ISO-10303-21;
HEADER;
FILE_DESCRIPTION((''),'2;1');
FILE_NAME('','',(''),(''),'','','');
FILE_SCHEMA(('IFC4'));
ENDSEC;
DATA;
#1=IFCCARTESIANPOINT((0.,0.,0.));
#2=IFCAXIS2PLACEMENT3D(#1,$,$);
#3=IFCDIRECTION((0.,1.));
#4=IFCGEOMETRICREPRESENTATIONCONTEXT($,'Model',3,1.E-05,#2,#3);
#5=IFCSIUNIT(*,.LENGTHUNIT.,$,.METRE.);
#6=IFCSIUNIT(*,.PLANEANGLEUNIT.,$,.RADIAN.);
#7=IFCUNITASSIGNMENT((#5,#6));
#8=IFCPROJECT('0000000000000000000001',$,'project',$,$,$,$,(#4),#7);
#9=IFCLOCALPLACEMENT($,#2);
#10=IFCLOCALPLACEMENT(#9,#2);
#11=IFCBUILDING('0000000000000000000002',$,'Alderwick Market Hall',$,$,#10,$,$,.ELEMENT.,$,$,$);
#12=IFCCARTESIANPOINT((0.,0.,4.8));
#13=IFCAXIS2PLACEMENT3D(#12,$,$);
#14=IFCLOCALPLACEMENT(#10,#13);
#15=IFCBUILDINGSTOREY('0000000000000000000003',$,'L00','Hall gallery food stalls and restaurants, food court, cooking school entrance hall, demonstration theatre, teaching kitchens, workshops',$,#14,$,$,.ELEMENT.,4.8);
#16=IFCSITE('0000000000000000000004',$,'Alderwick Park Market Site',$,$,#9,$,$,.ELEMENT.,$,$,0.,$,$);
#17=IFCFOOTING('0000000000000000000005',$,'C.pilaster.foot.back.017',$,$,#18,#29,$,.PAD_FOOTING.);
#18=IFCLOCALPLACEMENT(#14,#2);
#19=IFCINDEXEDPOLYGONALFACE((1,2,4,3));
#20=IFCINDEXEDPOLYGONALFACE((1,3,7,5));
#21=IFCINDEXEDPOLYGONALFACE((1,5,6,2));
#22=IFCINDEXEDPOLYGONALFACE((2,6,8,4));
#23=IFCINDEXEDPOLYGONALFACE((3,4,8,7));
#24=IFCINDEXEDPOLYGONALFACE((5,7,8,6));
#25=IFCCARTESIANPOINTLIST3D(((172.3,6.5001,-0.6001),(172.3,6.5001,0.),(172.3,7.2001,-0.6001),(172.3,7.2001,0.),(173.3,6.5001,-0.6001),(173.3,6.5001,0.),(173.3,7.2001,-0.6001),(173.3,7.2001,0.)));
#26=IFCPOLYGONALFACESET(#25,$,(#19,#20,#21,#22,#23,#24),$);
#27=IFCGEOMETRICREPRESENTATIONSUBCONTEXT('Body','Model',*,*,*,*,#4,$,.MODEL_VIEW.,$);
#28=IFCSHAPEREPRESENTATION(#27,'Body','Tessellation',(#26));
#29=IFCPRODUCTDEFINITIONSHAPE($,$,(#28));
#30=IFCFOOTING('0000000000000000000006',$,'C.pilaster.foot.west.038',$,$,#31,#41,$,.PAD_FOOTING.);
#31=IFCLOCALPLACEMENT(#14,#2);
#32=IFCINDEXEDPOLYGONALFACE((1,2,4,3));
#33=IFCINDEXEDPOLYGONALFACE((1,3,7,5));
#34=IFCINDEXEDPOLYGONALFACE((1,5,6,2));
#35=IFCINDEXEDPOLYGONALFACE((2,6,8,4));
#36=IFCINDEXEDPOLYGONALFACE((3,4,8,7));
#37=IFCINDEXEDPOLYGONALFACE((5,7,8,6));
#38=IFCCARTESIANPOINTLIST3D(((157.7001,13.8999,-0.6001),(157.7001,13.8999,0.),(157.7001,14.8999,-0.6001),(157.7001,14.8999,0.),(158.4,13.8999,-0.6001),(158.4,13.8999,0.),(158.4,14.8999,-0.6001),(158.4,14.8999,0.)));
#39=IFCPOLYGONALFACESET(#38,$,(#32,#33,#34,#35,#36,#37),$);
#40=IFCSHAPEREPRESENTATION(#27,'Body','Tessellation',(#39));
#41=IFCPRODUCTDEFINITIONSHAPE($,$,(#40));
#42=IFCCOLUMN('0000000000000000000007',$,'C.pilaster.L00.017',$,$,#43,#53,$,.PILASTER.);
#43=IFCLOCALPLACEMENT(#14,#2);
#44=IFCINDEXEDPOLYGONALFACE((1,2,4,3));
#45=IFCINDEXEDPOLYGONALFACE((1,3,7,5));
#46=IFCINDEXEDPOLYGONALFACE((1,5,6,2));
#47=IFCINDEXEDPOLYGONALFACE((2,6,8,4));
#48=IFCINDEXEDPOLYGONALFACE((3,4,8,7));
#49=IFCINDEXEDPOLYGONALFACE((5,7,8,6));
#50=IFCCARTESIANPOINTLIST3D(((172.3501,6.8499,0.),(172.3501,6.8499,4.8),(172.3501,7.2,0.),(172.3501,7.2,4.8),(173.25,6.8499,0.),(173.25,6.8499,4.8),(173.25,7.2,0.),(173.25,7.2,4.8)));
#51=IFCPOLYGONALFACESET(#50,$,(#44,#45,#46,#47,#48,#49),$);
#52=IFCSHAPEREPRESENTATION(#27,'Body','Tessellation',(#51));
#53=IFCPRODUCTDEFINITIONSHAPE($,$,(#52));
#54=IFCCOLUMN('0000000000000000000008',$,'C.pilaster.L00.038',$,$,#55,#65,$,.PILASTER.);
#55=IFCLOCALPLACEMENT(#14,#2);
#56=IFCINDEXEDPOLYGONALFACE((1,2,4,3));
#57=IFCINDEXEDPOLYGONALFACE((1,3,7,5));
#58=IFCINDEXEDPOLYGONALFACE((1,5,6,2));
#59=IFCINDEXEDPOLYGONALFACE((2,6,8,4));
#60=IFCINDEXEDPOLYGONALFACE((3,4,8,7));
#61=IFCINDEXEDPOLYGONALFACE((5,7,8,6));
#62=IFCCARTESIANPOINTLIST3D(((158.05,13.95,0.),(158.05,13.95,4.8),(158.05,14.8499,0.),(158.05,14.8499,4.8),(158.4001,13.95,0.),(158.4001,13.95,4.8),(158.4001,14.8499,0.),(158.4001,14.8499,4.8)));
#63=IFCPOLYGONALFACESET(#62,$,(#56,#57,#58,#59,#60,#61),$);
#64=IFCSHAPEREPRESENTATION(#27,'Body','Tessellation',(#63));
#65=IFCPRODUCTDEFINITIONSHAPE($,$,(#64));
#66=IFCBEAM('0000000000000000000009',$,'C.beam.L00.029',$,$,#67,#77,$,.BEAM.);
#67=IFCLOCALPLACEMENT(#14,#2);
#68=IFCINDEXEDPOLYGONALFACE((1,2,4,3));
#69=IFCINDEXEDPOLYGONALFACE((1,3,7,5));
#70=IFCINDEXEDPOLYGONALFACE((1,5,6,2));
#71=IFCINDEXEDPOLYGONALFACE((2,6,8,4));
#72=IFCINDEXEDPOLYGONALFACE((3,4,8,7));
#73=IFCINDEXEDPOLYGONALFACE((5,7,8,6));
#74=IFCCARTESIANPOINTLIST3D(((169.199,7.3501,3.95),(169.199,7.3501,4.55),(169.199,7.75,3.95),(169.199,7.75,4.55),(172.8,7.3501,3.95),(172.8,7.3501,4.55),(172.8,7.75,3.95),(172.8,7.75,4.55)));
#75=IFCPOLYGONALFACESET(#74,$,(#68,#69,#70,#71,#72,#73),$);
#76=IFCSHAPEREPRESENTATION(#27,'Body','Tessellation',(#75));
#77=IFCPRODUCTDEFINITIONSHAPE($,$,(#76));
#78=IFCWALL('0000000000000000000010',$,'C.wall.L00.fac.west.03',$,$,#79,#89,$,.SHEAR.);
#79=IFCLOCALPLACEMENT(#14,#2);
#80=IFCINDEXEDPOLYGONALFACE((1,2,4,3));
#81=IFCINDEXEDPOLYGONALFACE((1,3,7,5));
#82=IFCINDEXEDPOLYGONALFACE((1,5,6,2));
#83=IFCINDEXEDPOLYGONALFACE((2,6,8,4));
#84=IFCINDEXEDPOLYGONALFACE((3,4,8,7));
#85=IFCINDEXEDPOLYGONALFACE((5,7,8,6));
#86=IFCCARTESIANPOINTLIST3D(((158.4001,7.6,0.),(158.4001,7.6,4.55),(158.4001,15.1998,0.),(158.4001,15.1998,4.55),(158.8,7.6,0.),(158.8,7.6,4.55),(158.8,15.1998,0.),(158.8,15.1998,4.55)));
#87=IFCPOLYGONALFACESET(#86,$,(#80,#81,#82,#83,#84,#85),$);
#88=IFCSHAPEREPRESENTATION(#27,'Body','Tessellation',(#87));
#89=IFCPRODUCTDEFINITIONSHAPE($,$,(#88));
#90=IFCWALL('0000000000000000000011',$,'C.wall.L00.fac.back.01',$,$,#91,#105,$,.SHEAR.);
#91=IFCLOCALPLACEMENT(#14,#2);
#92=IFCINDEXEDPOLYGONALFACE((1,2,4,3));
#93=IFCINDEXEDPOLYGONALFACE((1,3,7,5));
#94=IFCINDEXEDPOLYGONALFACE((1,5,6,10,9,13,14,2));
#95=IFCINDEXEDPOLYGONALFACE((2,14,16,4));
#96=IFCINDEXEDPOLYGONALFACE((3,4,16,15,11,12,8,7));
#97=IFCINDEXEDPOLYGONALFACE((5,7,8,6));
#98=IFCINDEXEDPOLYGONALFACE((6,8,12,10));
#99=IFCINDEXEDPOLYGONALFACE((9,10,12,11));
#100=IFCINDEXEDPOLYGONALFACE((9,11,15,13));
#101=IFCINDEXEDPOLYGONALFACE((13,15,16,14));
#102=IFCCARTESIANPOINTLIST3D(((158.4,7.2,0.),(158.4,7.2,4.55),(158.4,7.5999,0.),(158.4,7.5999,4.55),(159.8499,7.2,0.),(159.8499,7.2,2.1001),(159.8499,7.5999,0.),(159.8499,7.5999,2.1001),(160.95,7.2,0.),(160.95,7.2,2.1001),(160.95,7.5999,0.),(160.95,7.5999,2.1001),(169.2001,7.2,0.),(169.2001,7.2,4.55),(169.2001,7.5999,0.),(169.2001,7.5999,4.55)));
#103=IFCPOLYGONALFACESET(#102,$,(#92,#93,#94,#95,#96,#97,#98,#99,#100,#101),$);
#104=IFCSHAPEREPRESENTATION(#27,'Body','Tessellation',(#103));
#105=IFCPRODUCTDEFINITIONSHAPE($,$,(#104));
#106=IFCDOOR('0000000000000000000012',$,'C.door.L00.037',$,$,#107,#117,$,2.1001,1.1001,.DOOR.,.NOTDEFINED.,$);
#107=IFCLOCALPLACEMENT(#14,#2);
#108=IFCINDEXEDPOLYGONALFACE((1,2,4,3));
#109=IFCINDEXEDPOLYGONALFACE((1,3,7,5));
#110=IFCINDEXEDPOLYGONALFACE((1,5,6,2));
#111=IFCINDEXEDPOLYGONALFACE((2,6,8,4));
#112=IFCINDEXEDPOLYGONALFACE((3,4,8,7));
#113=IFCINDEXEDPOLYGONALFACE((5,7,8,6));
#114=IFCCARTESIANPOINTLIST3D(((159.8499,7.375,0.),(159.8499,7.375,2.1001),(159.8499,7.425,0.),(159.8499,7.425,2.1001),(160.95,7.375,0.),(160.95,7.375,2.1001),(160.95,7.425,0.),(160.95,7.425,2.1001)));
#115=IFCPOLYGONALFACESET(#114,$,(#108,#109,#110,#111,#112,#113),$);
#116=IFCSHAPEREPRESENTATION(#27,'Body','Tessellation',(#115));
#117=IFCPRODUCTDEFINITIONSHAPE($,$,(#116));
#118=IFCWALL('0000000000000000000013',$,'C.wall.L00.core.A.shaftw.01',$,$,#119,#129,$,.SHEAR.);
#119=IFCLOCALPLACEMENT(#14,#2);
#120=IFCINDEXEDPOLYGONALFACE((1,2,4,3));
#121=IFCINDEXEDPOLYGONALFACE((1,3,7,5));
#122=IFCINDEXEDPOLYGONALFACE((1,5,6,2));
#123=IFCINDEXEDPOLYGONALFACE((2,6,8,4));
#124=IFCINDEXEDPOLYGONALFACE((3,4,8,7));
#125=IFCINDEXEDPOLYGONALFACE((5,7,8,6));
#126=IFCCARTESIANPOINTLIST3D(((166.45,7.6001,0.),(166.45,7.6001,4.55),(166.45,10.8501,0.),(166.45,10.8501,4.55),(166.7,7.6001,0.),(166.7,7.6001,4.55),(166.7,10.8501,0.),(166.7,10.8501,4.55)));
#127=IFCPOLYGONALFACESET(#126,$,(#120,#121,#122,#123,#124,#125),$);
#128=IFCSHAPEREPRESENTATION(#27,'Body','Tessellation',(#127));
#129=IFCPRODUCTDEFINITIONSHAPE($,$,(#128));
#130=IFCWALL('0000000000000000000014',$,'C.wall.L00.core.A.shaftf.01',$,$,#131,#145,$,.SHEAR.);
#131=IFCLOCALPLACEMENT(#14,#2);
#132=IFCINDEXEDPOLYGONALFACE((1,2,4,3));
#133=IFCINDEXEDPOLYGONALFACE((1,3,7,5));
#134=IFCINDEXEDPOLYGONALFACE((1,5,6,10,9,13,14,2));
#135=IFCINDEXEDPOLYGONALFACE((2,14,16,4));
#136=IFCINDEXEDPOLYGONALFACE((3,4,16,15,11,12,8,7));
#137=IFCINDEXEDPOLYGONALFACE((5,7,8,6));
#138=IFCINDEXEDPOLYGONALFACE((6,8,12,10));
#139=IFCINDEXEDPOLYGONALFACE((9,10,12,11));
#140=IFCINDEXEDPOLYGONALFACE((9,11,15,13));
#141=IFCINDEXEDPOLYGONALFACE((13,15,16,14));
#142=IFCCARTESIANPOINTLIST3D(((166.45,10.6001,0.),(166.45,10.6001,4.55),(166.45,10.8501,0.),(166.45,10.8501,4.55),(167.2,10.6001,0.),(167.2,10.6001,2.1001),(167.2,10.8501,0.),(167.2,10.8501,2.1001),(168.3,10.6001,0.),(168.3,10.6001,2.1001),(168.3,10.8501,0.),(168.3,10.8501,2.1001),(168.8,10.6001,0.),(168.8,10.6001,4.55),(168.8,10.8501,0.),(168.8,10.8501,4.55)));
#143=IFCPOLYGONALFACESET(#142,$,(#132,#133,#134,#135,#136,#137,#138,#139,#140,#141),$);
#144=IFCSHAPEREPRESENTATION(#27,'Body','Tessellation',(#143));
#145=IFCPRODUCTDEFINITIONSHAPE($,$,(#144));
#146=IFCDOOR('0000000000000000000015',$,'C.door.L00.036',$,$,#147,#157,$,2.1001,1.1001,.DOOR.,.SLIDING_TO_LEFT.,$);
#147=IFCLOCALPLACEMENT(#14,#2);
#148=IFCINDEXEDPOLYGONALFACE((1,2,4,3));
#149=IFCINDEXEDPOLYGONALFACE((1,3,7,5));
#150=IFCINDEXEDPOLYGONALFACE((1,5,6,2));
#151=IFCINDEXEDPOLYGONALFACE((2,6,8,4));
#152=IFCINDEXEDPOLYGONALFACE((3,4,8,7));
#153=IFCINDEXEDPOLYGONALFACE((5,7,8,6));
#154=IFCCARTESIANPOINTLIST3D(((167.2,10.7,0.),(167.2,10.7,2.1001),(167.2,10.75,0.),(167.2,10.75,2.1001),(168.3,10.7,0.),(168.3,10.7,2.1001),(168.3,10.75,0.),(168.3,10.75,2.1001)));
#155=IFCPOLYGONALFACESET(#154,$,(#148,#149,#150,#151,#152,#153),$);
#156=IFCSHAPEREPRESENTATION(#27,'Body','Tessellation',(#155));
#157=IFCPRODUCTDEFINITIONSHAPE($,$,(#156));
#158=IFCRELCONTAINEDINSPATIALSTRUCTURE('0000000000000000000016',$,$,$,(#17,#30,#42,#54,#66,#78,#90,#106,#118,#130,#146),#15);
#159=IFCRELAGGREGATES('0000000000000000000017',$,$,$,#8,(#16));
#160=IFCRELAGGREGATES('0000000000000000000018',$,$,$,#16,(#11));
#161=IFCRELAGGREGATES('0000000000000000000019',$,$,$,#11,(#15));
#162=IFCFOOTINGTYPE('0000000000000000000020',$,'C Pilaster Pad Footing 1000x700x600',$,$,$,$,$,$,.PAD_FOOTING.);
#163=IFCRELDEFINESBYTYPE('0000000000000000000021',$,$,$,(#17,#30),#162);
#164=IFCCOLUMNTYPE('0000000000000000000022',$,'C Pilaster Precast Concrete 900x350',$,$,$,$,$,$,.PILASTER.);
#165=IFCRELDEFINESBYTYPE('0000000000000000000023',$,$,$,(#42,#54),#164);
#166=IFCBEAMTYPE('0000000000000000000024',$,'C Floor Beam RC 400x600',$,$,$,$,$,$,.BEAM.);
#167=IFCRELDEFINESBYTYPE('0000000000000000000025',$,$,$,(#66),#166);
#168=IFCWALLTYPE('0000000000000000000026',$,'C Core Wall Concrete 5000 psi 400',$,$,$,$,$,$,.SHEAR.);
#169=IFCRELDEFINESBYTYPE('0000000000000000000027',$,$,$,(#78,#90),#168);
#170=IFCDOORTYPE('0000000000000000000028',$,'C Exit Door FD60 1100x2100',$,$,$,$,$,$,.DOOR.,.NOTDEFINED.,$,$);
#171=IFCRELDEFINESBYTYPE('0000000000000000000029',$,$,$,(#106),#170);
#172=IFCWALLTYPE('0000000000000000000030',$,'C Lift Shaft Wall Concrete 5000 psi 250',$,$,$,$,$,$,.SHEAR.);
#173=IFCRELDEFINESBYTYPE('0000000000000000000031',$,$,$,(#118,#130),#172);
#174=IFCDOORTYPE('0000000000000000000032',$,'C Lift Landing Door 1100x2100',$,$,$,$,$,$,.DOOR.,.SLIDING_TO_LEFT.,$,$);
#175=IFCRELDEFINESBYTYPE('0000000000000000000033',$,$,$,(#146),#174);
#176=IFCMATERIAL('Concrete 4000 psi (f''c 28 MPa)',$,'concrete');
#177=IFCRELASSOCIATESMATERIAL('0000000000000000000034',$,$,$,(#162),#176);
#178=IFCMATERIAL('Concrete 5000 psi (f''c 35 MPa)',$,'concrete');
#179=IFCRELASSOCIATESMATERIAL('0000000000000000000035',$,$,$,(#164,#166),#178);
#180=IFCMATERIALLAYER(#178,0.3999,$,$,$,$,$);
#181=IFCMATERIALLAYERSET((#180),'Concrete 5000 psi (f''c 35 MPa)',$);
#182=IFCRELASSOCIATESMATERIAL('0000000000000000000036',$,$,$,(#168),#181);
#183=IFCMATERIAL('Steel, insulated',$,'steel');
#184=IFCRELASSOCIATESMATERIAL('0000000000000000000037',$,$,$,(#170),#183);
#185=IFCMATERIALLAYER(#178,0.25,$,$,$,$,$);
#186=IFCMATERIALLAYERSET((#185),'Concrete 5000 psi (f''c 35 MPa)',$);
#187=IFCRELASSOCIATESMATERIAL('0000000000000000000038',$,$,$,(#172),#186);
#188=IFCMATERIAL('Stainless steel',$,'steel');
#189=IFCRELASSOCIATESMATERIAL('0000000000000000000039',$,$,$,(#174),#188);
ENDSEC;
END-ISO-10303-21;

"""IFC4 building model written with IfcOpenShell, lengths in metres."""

from ifc_helpers import new_model, si_unit, direction, frame, frame_2d, origin, origin_2d, place, context, subcontext, project, spatial, rectangle, extrude, material, layer, layer_set, material_profile, profile_set, type_object, element, fill, save


model = new_model("IFC4")

# Units and contexts
model_context = context("Model", 3, precision=1e-05, world=origin(), true_north=direction((0.0, 1.0)))
body_context = subcontext(model_context, "Body", "Model", "MODEL_VIEW")
ifc_project = project(units=[si_unit("LENGTHUNIT", "METRE"), si_unit("PLANEANGLEUNIT", "RADIAN")], contexts=[model_context])

# Site, building, storey
site_placement = place(None, origin())
site = spatial("IfcSite", under=ifc_project, at=site_placement, Name="Alderwick Park Market Site", CompositionType="ELEMENT", RefElevation=0.0)
building_placement = place(site_placement, origin())
building = spatial("IfcBuilding", under=site, at=building_placement, Name="Alderwick Market Hall", CompositionType="ELEMENT")
storey_placement = place(building_placement, frame((0.0, 0.0, 4.8)))
storey = spatial("IfcBuildingStorey", under=building, at=storey_placement, Name="L00", Description="Hall gallery food stalls and restaurants, food court, cooking school entrance hall, demonstration theatre, teaching kitchens, workshops", CompositionType="ELEMENT", Elevation=4.8)

# Footings
ifc_material_1 = material(Name="Concrete 4000 psi (f'c 28 MPa)", Category="concrete")
footing_type = type_object("IfcFootingType", Name="C Pilaster Pad Footing 1000x700x600", PredefinedType="PAD_FOOTING", material=ifc_material_1)
footing_1_placement = place(storey_placement, frame((172.8, 6.8501, -0.6001), z_axis=(0.0, 0.0, 1.0), x_axis=(1.0, 0.0, 0.0)))
element("IfcFooting", 1, at=footing_1_placement, inside=storey, type_object=footing_type, Name="C.pilaster.foot.back.017", PredefinedType="PAD_FOOTING", context=body_context, shape_type="SweptSolid", body=[
    extrude(rectangle(XDim=1.0, YDim=0.7, at=origin_2d()), origin(), (0.0, 0.0, 1.0), 0.6001),
])
footing_2_placement = place(storey_placement, frame((158.05, 14.3999, -0.6001), z_axis=(0.0, 0.0, 1.0), x_axis=(1.0, 0.0, 0.0)))
element("IfcFooting", 2, at=footing_2_placement, inside=storey, type_object=footing_type, Name="C.pilaster.foot.west.038", PredefinedType="PAD_FOOTING", context=body_context, shape_type="SweptSolid", body=[
    extrude(rectangle(XDim=0.7, YDim=1.0, at=origin_2d()), origin(), (0.0, 0.0, 1.0), 0.6001),
])

# Columns
ifc_material_2 = material(Name="Concrete 5000 psi (f'c 35 MPa)", Category="concrete")
ifc_material_profile_1 = material_profile(ifc_material_2, rectangle(XDim=0.8999, YDim=0.3501, at=origin_2d()), Name="PC 900x350")
ifc_profile_set_1 = profile_set([ifc_material_profile_1], Name="Concrete 5000 psi (f'c 35 MPa)")
column_type = type_object("IfcColumnType", Name="C Pilaster Precast Concrete 900x350", PredefinedType="PILASTER", material=ifc_profile_set_1)
for number, where, z_axis, x_axis, name in (
    (3, (172.8, 7.0249, 0.0), (0.0, 0.0, 1.0), (1.0, 0.0, 0.0), "C.pilaster.L00.017"),
    (4, (158.2251, 14.3999, 0.0), (0.0, 0.0, 1.0), (0.0, 1.0, 0.0), "C.pilaster.L00.038"),
):
    element("IfcColumn", number, at=place(storey_placement, frame(where, z_axis=z_axis, x_axis=x_axis)), inside=storey, type_object=column_type, Name=name, PredefinedType="PILASTER", context=body_context, shape_type="SweptSolid", body=[
        extrude(rectangle(XDim=0.8999, YDim=0.3501, at=origin_2d()), origin(), (0.0, 0.0, 1.0), 4.8),
    ])

# Beam
ifc_material_profile_2 = material_profile(ifc_material_2, rectangle(XDim=0.3999, YDim=0.6001, at=origin_2d()), Name="RC 400x600")
ifc_profile_set_2 = profile_set([ifc_material_profile_2], Name="Concrete 5000 psi (f'c 35 MPa)")
beam_type = type_object("IfcBeamType", Name="C Floor Beam RC 400x600", PredefinedType="BEAM", material=ifc_profile_set_2)
beam_placement = place(storey_placement, frame((169.199, 7.55, 4.25), z_axis=(1.0, 0.0, 0.0), x_axis=(0.0, 1.0, 0.0)))
element("IfcBeam", 5, at=beam_placement, inside=storey, type_object=beam_type, Name="C.beam.L00.029", PredefinedType="BEAM", context=body_context, shape_type="SweptSolid", body=[
    extrude(rectangle(XDim=0.3999, YDim=0.6001, at=origin_2d()), origin(), (0.0, 0.0, 1.0), 3.6011),
])

# Wall
ifc_layer_1 = layer(ifc_material_2, 0.3999)
ifc_layer_set_1 = layer_set([ifc_layer_1], Name="Concrete 5000 psi (f'c 35 MPa)")
wall_type_1 = type_object("IfcWallType", Name="C Core Wall Concrete 5000 psi 400", PredefinedType="SHEAR", material=ifc_layer_set_1)
wall_1_placement = place(storey_placement, frame((158.6001, 7.6001, 0.0), z_axis=(0.0, 0.0, 1.0), x_axis=(0.0, 1.0, 0.0)))
element("IfcWall", 6, at=wall_1_placement, inside=storey, type_object=wall_type_1, Name="C.wall.L00.fac.west.03", PredefinedType="SHEAR", context=body_context, shape_type="SweptSolid", body=[
    extrude(rectangle(XDim=7.5999, YDim=0.3999, at=frame_2d((3.7998, 0.0))), origin(), (0.0, 0.0, 1.0), 4.55),
])

# Wall, opening, door
wall_2_placement = place(storey_placement, frame((169.2, 7.3999, 0.0), z_axis=(0.0, 0.0, 1.0), x_axis=(-1.0, 0.0, 0.0)))
wall_2 = element("IfcWall", 7, at=wall_2_placement, inside=storey, type_object=wall_type_1, Name="C.wall.L00.fac.back.01", PredefinedType="SHEAR", context=body_context, shape_type="SweptSolid", body=[
    extrude(rectangle(XDim=10.8, YDim=0.3999, at=frame_2d((5.3999, 0.0))), origin(), (0.0, 0.0, 1.0), 4.55),
])
opening_1_placement = place(wall_2_placement, frame((8.25, 0.0, 0.0)))
opening_1 = element("IfcOpeningElement", 8, at=opening_1_placement, cuts=wall_2, PredefinedType="OPENING", context=body_context, shape_type="SweptSolid", body=[
    extrude(rectangle(XDim=1.1001, YDim=2.1001, at=frame_2d((0.55, 1.05))), frame((0.0, 0.21, 0.0), z_axis=(0.0, -1.0, 0.0), x_axis=(1.0, 0.0, 0.0)), (0.0, 0.0, 1.0), 0.4199),
])
ifc_material_3 = material(Name="Steel, insulated", Category="steel")
door_type_1 = type_object("IfcDoorType", Name="C Exit Door FD60 1100x2100", OperationType="NOTDEFINED", PredefinedType="DOOR", material=ifc_material_3)
door_1_placement = place(opening_1_placement, origin())
door_1 = element("IfcDoor", 9, at=door_1_placement, inside=storey, type_object=door_type_1, Name="C.door.L00.037", OperationType="NOTDEFINED", OverallHeight=2.1001, OverallWidth=1.1001, PredefinedType="DOOR", context=body_context, shape_type="SweptSolid", body=[
    extrude(rectangle(XDim=1.1001, YDim=2.1001, at=frame_2d((0.55, 1.05))), frame((0.0, 0.0249, 0.0), z_axis=(0.0, -1.0, 0.0), x_axis=(1.0, 0.0, 0.0)), (0.0, 0.0, 1.0), 0.05),
])
fill(opening_1, door_1)

# Wall
ifc_layer_2 = layer(ifc_material_2, 0.25)
ifc_layer_set_2 = layer_set([ifc_layer_2], Name="Concrete 5000 psi (f'c 35 MPa)")
wall_type_2 = type_object("IfcWallType", Name="C Lift Shaft Wall Concrete 5000 psi 250", PredefinedType="SHEAR", material=ifc_layer_set_2)
wall_3_placement = place(storey_placement, frame((166.575, 10.8501, 0.0), z_axis=(0.0, 0.0, 1.0), x_axis=(0.0, -1.0, 0.0)))
element("IfcWall", 10, at=wall_3_placement, inside=storey, type_object=wall_type_2, Name="C.wall.L00.core.A.shaftw.01", PredefinedType="SHEAR", context=body_context, shape_type="SweptSolid", body=[
    extrude(rectangle(XDim=3.25, YDim=0.25, at=frame_2d((1.625, 0.0))), origin(), (0.0, 0.0, 1.0), 4.55),
])

# Wall, opening, door
wall_4_placement = place(storey_placement, frame((166.45, 10.7251, 0.0), z_axis=(0.0, 0.0, 1.0), x_axis=(1.0, 0.0, 0.0)))
wall_4 = element("IfcWall", 11, at=wall_4_placement, inside=storey, type_object=wall_type_2, Name="C.wall.L00.core.A.shaftf.01", PredefinedType="SHEAR", context=body_context, shape_type="SweptSolid", body=[
    extrude(rectangle(XDim=2.3501, YDim=0.25, at=frame_2d((1.175, 0.0))), origin(), (0.0, 0.0, 1.0), 4.55),
])
opening_2_placement = place(wall_4_placement, frame((0.75, 0.0, 0.0)))
opening_2 = element("IfcOpeningElement", 12, at=opening_2_placement, cuts=wall_4, PredefinedType="OPENING", context=body_context, shape_type="SweptSolid", body=[
    extrude(rectangle(XDim=1.1001, YDim=2.1001, at=frame_2d((0.55, 1.05))), frame((0.0, 0.135, 0.0), z_axis=(0.0, -1.0, 0.0), x_axis=(1.0, 0.0, 0.0)), (0.0, 0.0, 1.0), 0.27),
])
ifc_material_4 = material(Name="Stainless steel", Category="steel")
door_type_2 = type_object("IfcDoorType", Name="C Lift Landing Door 1100x2100", OperationType="SLIDING_TO_LEFT", PredefinedType="DOOR", material=ifc_material_4)
door_2_placement = place(opening_2_placement, origin())
door_2 = element("IfcDoor", 13, at=door_2_placement, inside=storey, type_object=door_type_2, Name="C.door.L00.036", OperationType="SLIDING_TO_LEFT", OverallHeight=2.1001, OverallWidth=1.1001, PredefinedType="DOOR", context=body_context, shape_type="SweptSolid", body=[
    extrude(rectangle(XDim=1.1001, YDim=2.1001, at=frame_2d((0.55, 1.05))), frame((0.0, 0.0249, 0.0), z_axis=(0.0, -1.0, 0.0), x_axis=(1.0, 0.0, 0.0)), (0.0, 0.0, 1.0), 0.05),
])
fill(opening_2, door_2)

save(model, "model.ifc")
